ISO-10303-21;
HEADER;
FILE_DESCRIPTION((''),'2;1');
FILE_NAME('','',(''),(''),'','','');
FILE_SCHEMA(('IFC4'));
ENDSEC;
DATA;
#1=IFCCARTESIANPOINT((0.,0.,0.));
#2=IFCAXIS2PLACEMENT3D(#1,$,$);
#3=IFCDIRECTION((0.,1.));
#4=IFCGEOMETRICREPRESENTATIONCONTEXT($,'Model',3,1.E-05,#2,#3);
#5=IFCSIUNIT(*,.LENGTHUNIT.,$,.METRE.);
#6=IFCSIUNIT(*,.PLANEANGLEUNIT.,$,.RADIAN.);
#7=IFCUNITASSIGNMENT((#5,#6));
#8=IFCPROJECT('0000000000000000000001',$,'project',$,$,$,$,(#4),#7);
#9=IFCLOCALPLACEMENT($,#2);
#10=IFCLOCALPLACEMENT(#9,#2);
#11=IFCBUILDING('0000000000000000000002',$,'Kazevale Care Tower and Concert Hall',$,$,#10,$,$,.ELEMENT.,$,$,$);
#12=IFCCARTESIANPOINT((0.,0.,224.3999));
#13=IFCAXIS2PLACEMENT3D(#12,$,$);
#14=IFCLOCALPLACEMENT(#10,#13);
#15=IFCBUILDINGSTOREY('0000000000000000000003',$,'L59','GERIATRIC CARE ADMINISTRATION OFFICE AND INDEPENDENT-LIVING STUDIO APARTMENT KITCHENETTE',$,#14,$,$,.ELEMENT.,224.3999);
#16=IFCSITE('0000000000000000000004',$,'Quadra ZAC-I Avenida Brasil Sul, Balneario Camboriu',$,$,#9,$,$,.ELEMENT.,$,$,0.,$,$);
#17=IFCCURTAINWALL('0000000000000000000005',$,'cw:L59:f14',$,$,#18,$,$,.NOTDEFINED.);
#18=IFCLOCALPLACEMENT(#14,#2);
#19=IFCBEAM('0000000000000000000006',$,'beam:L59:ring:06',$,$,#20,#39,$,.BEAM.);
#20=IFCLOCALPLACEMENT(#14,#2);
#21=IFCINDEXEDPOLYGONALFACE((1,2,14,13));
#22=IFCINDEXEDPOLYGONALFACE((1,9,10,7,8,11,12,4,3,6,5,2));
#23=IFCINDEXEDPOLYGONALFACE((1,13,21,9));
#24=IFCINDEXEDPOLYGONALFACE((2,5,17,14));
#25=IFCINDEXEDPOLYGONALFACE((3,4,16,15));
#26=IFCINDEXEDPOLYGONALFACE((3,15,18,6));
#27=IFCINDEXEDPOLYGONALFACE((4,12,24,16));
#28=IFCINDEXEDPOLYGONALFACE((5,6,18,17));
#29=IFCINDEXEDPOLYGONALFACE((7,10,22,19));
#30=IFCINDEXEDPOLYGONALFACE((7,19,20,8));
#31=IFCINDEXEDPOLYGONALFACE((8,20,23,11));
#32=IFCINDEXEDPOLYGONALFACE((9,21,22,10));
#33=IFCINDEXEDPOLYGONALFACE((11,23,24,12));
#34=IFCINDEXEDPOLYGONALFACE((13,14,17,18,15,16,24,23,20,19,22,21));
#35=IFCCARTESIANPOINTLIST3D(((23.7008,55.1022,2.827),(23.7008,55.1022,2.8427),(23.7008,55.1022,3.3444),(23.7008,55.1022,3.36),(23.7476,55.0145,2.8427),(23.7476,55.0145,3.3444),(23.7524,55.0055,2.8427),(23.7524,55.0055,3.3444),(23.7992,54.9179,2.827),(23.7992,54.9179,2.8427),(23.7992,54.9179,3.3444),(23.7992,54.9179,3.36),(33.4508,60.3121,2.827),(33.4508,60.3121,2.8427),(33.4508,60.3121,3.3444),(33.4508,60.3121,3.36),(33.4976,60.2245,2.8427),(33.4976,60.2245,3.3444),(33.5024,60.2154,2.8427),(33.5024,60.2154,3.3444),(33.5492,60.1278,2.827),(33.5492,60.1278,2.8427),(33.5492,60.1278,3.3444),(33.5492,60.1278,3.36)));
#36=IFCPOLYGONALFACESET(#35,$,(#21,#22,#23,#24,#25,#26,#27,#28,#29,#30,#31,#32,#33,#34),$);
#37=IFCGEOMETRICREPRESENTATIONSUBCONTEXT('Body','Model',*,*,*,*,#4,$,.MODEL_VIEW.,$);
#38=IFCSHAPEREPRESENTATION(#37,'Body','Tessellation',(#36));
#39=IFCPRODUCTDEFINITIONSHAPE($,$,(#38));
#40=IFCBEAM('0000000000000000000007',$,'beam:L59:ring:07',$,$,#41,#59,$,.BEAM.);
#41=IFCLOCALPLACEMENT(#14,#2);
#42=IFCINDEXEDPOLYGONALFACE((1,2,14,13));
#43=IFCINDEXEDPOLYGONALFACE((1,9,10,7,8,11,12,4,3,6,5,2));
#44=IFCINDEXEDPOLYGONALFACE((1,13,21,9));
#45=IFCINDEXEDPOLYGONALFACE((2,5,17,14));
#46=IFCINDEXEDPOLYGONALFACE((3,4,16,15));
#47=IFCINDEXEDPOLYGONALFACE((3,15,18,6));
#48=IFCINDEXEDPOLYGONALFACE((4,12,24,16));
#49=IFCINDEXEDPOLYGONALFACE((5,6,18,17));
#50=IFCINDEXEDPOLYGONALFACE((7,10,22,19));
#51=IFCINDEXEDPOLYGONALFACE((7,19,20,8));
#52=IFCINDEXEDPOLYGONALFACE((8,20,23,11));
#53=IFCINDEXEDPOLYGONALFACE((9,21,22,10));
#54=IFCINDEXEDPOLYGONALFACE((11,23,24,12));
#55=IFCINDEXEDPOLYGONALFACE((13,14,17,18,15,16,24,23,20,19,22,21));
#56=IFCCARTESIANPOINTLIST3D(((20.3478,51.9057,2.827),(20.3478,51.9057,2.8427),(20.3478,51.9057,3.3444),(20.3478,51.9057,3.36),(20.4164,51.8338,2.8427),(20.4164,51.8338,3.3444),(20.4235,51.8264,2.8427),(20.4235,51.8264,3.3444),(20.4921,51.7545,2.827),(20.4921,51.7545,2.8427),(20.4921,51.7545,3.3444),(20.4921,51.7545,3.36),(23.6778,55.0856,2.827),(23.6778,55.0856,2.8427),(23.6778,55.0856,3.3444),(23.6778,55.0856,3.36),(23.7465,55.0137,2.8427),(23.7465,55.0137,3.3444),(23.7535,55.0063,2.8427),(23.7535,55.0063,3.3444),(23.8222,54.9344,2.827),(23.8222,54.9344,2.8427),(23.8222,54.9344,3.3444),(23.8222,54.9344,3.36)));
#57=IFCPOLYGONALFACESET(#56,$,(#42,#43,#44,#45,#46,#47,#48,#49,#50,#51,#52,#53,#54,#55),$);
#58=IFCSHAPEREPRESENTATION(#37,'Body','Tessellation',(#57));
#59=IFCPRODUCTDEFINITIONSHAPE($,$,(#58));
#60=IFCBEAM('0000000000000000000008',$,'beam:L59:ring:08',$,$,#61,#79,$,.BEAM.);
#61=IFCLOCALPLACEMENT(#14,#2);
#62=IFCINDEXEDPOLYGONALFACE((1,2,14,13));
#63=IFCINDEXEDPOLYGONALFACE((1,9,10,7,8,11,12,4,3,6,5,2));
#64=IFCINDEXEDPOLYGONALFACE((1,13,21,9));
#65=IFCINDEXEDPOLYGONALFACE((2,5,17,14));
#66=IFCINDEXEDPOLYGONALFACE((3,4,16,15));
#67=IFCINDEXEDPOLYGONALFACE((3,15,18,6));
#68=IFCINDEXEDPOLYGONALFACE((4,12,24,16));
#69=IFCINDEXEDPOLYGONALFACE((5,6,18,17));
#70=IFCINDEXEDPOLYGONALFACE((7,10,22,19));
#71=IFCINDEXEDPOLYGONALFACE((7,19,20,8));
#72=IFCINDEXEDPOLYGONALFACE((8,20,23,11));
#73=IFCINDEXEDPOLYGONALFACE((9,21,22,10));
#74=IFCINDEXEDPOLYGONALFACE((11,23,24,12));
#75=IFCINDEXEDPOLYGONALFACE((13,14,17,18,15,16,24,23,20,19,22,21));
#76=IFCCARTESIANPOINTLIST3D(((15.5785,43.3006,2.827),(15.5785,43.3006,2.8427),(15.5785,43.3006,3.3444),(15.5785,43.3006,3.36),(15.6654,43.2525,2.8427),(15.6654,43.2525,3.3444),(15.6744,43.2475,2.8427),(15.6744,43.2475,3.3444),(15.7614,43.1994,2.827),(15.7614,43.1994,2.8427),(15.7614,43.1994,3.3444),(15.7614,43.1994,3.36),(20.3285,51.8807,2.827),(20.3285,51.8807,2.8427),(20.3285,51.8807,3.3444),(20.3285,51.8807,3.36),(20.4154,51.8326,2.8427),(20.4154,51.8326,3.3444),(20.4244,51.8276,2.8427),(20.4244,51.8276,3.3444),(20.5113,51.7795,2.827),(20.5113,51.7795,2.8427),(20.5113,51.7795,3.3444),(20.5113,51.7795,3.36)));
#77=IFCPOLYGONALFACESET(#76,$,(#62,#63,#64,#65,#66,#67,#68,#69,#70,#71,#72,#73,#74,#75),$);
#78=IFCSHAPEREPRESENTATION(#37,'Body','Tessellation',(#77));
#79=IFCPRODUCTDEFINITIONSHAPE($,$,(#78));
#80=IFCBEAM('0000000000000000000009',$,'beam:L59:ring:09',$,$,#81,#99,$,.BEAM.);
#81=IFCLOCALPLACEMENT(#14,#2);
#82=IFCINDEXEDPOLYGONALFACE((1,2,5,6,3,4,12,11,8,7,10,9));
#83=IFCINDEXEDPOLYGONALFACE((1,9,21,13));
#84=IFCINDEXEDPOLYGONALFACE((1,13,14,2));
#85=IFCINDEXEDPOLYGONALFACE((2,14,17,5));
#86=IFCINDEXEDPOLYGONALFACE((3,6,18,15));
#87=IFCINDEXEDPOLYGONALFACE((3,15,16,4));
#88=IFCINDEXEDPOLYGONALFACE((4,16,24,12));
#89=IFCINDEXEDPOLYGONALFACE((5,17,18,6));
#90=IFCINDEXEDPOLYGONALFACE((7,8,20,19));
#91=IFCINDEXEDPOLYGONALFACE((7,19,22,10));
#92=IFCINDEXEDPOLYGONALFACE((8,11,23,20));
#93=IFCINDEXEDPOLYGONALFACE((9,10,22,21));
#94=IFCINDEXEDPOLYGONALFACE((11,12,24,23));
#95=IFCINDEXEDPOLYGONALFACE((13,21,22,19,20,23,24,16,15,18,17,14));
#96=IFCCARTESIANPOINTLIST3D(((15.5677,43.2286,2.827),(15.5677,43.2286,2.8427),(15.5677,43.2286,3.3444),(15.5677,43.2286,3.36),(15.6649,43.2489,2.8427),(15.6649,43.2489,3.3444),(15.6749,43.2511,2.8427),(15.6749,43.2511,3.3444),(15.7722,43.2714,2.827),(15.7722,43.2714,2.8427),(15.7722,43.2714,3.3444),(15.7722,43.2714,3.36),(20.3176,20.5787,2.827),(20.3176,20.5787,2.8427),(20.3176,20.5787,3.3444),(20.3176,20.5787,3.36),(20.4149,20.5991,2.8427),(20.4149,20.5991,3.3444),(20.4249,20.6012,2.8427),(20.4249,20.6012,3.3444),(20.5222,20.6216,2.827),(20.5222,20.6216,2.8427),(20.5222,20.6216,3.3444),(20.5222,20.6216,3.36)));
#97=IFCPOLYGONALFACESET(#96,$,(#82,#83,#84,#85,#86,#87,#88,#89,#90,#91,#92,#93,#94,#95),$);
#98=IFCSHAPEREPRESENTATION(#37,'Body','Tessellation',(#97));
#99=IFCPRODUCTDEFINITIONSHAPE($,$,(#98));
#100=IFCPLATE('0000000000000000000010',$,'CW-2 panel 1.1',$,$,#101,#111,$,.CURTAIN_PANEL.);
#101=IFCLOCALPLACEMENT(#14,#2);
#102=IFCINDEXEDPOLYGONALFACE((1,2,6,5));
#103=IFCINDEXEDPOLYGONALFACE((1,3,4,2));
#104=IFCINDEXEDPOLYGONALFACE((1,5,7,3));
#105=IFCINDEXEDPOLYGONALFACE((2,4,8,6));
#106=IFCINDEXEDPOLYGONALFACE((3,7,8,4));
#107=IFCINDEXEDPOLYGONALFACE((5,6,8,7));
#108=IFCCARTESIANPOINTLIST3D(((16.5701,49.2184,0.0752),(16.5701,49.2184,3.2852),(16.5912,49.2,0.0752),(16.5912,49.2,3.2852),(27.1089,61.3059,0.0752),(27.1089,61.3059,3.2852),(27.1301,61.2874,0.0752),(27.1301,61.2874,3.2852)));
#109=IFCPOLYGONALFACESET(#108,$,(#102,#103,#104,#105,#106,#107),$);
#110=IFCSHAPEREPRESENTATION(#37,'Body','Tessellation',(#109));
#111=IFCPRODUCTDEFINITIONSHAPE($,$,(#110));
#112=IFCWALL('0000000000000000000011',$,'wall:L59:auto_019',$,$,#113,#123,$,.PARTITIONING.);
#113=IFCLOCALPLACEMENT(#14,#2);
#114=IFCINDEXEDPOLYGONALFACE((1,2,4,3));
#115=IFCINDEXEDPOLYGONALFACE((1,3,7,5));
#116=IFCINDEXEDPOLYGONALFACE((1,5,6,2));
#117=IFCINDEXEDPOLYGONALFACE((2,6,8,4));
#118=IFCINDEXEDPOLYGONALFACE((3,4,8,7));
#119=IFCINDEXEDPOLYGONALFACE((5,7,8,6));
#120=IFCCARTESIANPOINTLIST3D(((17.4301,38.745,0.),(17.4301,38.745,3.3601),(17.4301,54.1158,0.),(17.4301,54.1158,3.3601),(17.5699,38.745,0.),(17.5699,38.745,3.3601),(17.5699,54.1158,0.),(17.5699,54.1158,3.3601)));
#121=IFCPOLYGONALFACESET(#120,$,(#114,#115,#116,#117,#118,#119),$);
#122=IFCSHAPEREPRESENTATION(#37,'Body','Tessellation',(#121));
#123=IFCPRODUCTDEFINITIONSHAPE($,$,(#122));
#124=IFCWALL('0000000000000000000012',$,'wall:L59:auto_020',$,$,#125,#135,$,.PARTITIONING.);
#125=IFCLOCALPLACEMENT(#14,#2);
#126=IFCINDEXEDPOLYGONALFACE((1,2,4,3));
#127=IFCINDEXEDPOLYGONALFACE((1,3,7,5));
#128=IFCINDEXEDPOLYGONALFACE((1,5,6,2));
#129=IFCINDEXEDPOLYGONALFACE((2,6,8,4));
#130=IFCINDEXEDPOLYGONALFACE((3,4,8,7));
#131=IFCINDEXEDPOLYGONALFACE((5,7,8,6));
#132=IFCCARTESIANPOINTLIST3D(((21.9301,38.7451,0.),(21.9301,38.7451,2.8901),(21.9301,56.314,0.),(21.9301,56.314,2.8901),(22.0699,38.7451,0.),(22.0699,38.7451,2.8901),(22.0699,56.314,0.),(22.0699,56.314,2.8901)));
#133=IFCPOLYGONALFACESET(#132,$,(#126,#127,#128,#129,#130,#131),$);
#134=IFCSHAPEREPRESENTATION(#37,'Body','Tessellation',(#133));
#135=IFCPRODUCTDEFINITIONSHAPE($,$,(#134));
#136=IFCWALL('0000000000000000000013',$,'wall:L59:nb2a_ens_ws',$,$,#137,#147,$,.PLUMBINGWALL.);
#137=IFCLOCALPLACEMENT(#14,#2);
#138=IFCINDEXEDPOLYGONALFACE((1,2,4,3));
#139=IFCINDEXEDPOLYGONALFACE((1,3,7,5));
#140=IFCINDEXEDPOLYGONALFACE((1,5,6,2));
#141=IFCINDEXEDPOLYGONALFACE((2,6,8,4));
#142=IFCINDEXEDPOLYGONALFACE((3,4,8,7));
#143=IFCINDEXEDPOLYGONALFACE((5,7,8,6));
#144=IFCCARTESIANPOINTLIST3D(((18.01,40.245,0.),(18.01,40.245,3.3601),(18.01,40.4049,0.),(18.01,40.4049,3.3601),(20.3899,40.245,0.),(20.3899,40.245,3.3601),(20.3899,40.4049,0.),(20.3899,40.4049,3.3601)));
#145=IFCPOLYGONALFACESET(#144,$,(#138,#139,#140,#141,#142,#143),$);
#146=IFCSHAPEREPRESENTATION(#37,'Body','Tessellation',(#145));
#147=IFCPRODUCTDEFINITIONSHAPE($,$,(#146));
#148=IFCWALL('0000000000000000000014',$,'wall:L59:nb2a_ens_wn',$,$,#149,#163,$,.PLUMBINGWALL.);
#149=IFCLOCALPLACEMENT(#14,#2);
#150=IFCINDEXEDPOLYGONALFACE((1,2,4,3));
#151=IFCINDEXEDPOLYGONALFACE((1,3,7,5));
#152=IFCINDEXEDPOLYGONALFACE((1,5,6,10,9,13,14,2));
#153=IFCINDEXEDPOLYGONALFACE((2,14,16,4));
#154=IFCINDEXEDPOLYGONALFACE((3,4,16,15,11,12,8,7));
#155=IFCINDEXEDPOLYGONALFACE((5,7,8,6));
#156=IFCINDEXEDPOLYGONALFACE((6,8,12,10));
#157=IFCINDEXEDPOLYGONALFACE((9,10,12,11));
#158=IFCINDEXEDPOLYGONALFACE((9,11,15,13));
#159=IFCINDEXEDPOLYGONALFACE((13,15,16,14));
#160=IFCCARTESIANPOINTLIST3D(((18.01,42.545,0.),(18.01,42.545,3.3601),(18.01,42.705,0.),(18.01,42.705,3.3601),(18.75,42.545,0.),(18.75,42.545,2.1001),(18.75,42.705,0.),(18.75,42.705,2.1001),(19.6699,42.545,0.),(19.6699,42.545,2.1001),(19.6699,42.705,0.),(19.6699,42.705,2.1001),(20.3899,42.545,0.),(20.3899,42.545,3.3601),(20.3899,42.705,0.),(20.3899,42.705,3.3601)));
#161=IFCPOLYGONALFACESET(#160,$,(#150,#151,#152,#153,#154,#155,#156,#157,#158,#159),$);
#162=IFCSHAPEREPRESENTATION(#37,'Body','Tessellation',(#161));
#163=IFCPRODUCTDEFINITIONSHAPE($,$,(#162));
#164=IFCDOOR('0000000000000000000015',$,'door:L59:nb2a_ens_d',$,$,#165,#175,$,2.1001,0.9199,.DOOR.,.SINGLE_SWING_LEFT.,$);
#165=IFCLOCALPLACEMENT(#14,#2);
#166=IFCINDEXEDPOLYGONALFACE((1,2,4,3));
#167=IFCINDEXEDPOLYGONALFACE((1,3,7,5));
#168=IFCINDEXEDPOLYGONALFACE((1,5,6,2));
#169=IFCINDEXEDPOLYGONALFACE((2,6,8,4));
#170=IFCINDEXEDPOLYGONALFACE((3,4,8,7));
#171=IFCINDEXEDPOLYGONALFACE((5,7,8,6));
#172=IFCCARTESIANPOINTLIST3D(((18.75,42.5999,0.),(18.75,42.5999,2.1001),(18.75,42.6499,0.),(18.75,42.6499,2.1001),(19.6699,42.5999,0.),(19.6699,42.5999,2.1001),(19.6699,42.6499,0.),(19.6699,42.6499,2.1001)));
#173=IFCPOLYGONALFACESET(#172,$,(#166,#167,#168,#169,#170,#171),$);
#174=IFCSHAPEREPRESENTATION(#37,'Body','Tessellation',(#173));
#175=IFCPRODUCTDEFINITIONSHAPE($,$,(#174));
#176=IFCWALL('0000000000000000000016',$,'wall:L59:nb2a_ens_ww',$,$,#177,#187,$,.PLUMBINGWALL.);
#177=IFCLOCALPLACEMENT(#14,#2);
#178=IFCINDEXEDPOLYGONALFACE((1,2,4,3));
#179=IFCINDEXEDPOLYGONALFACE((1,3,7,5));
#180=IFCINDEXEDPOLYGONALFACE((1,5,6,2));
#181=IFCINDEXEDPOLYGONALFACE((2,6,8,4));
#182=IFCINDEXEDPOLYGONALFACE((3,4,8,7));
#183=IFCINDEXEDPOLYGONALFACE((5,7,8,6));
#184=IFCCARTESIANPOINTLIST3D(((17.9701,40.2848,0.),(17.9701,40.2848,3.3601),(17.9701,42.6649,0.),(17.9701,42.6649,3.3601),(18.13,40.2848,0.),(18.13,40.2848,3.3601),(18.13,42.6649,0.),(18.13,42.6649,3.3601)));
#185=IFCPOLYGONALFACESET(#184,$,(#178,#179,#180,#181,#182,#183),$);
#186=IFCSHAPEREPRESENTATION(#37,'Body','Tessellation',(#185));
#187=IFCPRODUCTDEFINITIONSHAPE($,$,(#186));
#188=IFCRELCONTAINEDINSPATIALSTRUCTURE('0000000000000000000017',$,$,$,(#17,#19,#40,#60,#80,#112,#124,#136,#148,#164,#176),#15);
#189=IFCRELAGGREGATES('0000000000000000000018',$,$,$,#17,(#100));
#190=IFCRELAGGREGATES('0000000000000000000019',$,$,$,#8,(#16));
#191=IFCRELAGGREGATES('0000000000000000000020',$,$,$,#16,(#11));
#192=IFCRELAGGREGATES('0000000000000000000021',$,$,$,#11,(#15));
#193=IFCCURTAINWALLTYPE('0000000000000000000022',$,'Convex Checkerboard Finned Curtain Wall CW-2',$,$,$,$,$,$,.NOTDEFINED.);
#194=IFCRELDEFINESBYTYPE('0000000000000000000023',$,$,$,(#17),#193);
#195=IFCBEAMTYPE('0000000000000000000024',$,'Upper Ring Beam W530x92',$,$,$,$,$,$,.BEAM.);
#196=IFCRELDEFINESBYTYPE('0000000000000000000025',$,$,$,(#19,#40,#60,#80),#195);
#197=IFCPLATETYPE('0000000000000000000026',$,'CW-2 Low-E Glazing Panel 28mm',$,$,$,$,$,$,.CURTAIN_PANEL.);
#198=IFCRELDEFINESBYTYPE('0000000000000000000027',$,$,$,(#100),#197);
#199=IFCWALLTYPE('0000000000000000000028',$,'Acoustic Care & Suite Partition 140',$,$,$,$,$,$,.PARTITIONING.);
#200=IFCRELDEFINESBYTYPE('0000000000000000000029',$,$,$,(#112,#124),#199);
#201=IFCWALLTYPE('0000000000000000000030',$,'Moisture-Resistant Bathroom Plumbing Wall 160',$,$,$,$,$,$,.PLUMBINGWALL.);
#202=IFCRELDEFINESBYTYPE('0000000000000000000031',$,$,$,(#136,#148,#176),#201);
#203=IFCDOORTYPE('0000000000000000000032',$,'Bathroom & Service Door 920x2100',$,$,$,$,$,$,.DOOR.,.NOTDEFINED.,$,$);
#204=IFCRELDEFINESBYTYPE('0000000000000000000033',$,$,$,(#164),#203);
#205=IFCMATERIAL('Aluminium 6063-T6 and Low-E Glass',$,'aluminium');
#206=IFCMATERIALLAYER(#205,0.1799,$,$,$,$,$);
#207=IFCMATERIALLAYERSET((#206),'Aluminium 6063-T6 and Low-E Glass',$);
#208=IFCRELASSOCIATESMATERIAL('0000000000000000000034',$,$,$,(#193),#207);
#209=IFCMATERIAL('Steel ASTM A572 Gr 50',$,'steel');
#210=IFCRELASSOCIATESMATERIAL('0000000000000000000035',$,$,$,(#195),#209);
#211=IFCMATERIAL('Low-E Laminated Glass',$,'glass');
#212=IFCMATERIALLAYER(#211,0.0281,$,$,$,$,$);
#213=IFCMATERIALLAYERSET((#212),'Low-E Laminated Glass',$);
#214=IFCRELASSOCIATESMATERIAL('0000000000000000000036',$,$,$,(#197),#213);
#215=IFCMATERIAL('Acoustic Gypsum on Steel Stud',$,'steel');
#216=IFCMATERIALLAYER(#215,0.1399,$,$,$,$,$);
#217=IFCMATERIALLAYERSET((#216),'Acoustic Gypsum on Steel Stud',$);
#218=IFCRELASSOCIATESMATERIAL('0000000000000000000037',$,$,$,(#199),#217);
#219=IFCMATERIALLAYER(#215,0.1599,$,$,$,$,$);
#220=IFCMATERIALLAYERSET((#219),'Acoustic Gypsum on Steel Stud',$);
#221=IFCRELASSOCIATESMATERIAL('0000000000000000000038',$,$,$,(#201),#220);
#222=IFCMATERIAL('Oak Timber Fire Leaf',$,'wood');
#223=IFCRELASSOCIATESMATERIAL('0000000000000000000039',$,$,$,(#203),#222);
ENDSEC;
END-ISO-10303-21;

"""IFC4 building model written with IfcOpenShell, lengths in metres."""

from ifc_helpers import new_model, si_unit, direction, frame, frame_2d, origin, origin_2d, place, context, subcontext, project, spatial, rectangle, i_section, extrude, material, layer, layer_set, material_profile, profile_set, type_object, element, fill, aggregate, save


model = new_model("IFC4")

# Units and contexts
model_context = context("Model", 3, precision=1e-05, world=origin(), true_north=direction((0.0, 1.0)))
body_context = subcontext(model_context, "Body", "Model", "MODEL_VIEW")
ifc_project = project(units=[si_unit("LENGTHUNIT", "METRE"), si_unit("PLANEANGLEUNIT", "RADIAN")], contexts=[model_context])

# Site, building, storey
site_placement = place(None, origin())
site = spatial("IfcSite", under=ifc_project, at=site_placement, Name="Quadra ZAC-I Avenida Brasil Sul, Balneario Camboriu", CompositionType="ELEMENT", RefElevation=0.0)
building_placement = place(site_placement, origin())
building = spatial("IfcBuilding", under=site, at=building_placement, Name="Kazevale Care Tower and Concert Hall", CompositionType="ELEMENT")
storey_placement = place(building_placement, frame((0.0, 0.0, 224.3999)))
storey = spatial("IfcBuildingStorey", under=building, at=storey_placement, Name="L59", Description="GERIATRIC CARE ADMINISTRATION OFFICE AND INDEPENDENT-LIVING STUDIO APARTMENT KITCHENETTE", CompositionType="ELEMENT", Elevation=224.3999)

# Curtain wall
ifc_material_1 = material(Name="Aluminium 6063-T6 and Low-E Glass", Category="aluminium")
ifc_layer_1 = layer(ifc_material_1, 0.1799)
ifc_layer_set_1 = layer_set([ifc_layer_1], Name="Aluminium 6063-T6 and Low-E Glass")
curtain_wall_type_1 = type_object("IfcCurtainWallType", Name="Convex Checkerboard Finned Curtain Wall CW-2", PredefinedType="NOTDEFINED", material=ifc_layer_set_1)
curtain_wall_1_placement = place(storey_placement, origin())
curtain_wall_1 = element("IfcCurtainWall", 1, at=curtain_wall_1_placement, inside=storey, type_object=curtain_wall_type_1, Name="cw:L59:f14", PredefinedType="NOTDEFINED")

# Beams
ifc_material_2 = material(Name="Steel ASTM A572 Gr 50", Category="steel")
ifc_material_profile_1 = material_profile(ifc_material_2, i_section(OverallWidth=0.209, OverallDepth=0.533, WebThickness=0.0103, FlangeThickness=0.0156, at=origin_2d()), Name="W530x92")
ifc_profile_set_1 = profile_set([ifc_material_profile_1], Name="Steel ASTM A572 Gr 50")
beam_type_1 = type_object("IfcBeamType", Name="Upper Ring Beam W530x92", PredefinedType="BEAM", material=ifc_profile_set_1)
beam_1_placement = place(storey_placement, frame((33.5, 60.22, 3.0935), z_axis=(-0.881979, -0.47129, 0.0), x_axis=(0.47129, -0.881979, 0.0)))
element("IfcBeam", 2, at=beam_1_placement, inside=storey, type_object=beam_type_1, Name="beam:L59:ring:06", PredefinedType="BEAM", context=body_context, shape_type="SweptSolid", body=[
    extrude(i_section(OverallWidth=0.209, OverallDepth=0.533, WebThickness=0.0103, FlangeThickness=0.0156, at=origin_2d()), origin(), (0.0, 0.0, 1.0), 11.0547),
])
beam_2_placement = place(storey_placement, frame((23.75, 55.01, 3.0935), z_axis=(-0.723223, -0.690614, 0.0), x_axis=(0.690614, -0.723223, 0.0)))
element("IfcBeam", 3, at=beam_2_placement, inside=storey, type_object=beam_type_1, Name="beam:L59:ring:07", PredefinedType="BEAM", context=body_context, shape_type="SweptSolid", body=[
    extrude(i_section(OverallWidth=0.209, OverallDepth=0.533, WebThickness=0.0103, FlangeThickness=0.0156, at=origin_2d()), origin(), (0.0, 0.0, 1.0), 4.6045),
])
beam_3_placement = place(storey_placement, frame((20.4199, 51.8301, 3.0935), z_axis=(-0.48434, -0.87488, 0.0), x_axis=(0.87488, -0.48434, 0.0)))
element("IfcBeam", 4, at=beam_3_placement, inside=storey, type_object=beam_type_1, Name="beam:L59:ring:08", PredefinedType="BEAM", context=body_context, shape_type="SweptSolid", body=[
    extrude(i_section(OverallWidth=0.209, OverallDepth=0.533, WebThickness=0.0103, FlangeThickness=0.0156, at=origin_2d()), origin(), (0.0, 0.0, 1.0), 9.8071),
])
beam_4_placement = place(storey_placement, frame((15.6699, 43.25, 3.0935), z_axis=(0.205249, -0.97871, 0.0), x_axis=(0.97871, 0.205249, 0.0)))
element("IfcBeam", 5, at=beam_4_placement, inside=storey, type_object=beam_type_1, Name="beam:L59:ring:09", PredefinedType="BEAM", context=body_context, shape_type="SweptSolid", body=[
    extrude(i_section(OverallWidth=0.209, OverallDepth=0.533, WebThickness=0.0103, FlangeThickness=0.0156, at=origin_2d()), origin(), (0.0, 0.0, 1.0), 23.1426),
])

# Plate
ifc_material_3 = material(Name="Low-E Laminated Glass", Category="glass")
ifc_layer_2 = layer(ifc_material_3, 0.0281)
ifc_layer_set_2 = layer_set([ifc_layer_2], Name="Low-E Laminated Glass")
plate_type = type_object("IfcPlateType", Name="CW-2 Low-E Glazing Panel 28mm", PredefinedType="CURTAIN_PANEL", material=ifc_layer_set_2)
plate_placement = place(storey_placement, frame((21.8501, 55.2529, 0.0752), z_axis=(0.0, 0.0, 1.0), x_axis=(0.657175, 0.753738, 0.0)))
plate = element("IfcPlate", 6, at=plate_placement, type_object=plate_type, Name="CW-2 panel 1.1", PredefinedType="CURTAIN_PANEL", context=body_context, shape_type="SweptSolid", body=[
    extrude(rectangle(XDim=16.0366, YDim=0.0281, at=origin_2d()), origin(), (0.0, 0.0, 1.0), 3.21),
])
aggregate(curtain_wall_1, [plate])

# Walls
ifc_material_4 = material(Name="Acoustic Gypsum on Steel Stud", Category="steel")
ifc_layer_3 = layer(ifc_material_4, 0.1399)
ifc_layer_set_3 = layer_set([ifc_layer_3], Name="Acoustic Gypsum on Steel Stud")
wall_type_1 = type_object("IfcWallType", Name="Acoustic Care & Suite Partition 140", PredefinedType="PARTITIONING", material=ifc_layer_set_3)
wall_1_placement = place(storey_placement, frame((17.5, 54.116, 0.0), z_axis=(0.0, 0.0, 1.0), x_axis=(0.0, -1.0, 0.0)))
element("IfcWall", 7, at=wall_1_placement, inside=storey, type_object=wall_type_1, Name="wall:L59:auto_019", PredefinedType="PARTITIONING", context=body_context, shape_type="SweptSolid", body=[
    extrude(rectangle(XDim=15.3708, YDim=0.1399, at=frame_2d((7.6855, 0.0))), origin(), (0.0, 0.0, 1.0), 3.3601),
])
wall_2_placement = place(storey_placement, frame((22.0, 56.314, 0.0), z_axis=(0.0, 0.0, 1.0), x_axis=(0.0, -1.0, 0.0)))
element("IfcWall", 8, at=wall_2_placement, inside=storey, type_object=wall_type_1, Name="wall:L59:auto_020", PredefinedType="PARTITIONING", context=body_context, shape_type="SweptSolid", body=[
    extrude(rectangle(XDim=17.5688, YDim=0.1399, at=frame_2d((8.7844, 0.0))), origin(), (0.0, 0.0, 1.0), 2.8901),
])
ifc_layer_4 = layer(ifc_material_4, 0.1599)
ifc_layer_set_4 = layer_set([ifc_layer_4], Name="Acoustic Gypsum on Steel Stud")
wall_type_2 = type_object("IfcWallType", Name="Moisture-Resistant Bathroom Plumbing Wall 160", PredefinedType="PLUMBINGWALL", material=ifc_layer_set_4)
wall_3_placement = place(storey_placement, frame((18.01, 40.325, 0.0), z_axis=(0.0, 0.0, 1.0), x_axis=(1.0, 0.0, 0.0)))
element("IfcWall", 9, at=wall_3_placement, inside=storey, type_object=wall_type_2, Name="wall:L59:nb2a_ens_ws", PredefinedType="PLUMBINGWALL", context=body_context, shape_type="SweptSolid", body=[
    extrude(rectangle(XDim=2.3799, YDim=0.1599, at=frame_2d((1.1899, 0.0))), origin(), (0.0, 0.0, 1.0), 3.3601),
])

# Wall, opening, door
wall_4_placement = place(storey_placement, frame((18.01, 42.625, 0.0), z_axis=(0.0, 0.0, 1.0), x_axis=(1.0, 0.0, 0.0)))
wall_4 = element("IfcWall", 10, at=wall_4_placement, inside=storey, type_object=wall_type_2, Name="wall:L59:nb2a_ens_wn", PredefinedType="PLUMBINGWALL", context=body_context, shape_type="SweptSolid", body=[
    extrude(rectangle(XDim=2.3799, YDim=0.1599, at=frame_2d((1.1899, 0.0))), origin(), (0.0, 0.0, 1.0), 3.3601),
])
opening_1_placement = place(wall_4_placement, frame((0.74, 0.0, 0.0)))
opening_1 = element("IfcOpeningElement", 11, at=opening_1_placement, cuts=wall_4, PredefinedType="OPENING", context=body_context, shape_type="SweptSolid", body=[
    extrude(rectangle(XDim=0.9199, YDim=2.1001, at=frame_2d((0.46, 1.05))), frame((0.0, 0.0898, 0.0), z_axis=(0.0, -1.0, 0.0), x_axis=(1.0, 0.0, 0.0)), (0.0, 0.0, 1.0), 0.1799),
])
ifc_material_5 = material(Name="Oak Timber Fire Leaf", Category="wood")
door_type = type_object("IfcDoorType", Name="Bathroom & Service Door 920x2100", OperationType="NOTDEFINED", PredefinedType="DOOR", material=ifc_material_5)
door_1_placement = place(opening_1_placement, origin())
door_1 = element("IfcDoor", 12, at=door_1_placement, inside=storey, type_object=door_type, Name="door:L59:nb2a_ens_d", OperationType="SINGLE_SWING_LEFT", OverallHeight=2.1001, OverallWidth=0.9199, PredefinedType="DOOR", context=body_context, shape_type="SweptSolid", body=[
    extrude(rectangle(XDim=0.9199, YDim=2.1001, at=frame_2d((0.46, 1.05))), frame((0.0, 0.0249, 0.0), z_axis=(0.0, -1.0, 0.0), x_axis=(1.0, 0.0, 0.0)), (0.0, 0.0, 1.0), 0.05),
])
fill(opening_1, door_1)

# Wall
for number, where, z_axis, x_axis, name in (
    (13, (18.05, 40.2849, 0.0), (0.0, 0.0, 1.0), (0.0, 1.0, 0.0), "wall:L59:nb2a_ens_ww"),
):
    element("IfcWall", number, at=place(storey_placement, frame(where, z_axis=z_axis, x_axis=x_axis)), inside=storey, type_object=wall_type_2, Name=name, PredefinedType="PLUMBINGWALL", context=body_context, shape_type="SweptSolid", body=[
        extrude(rectangle(XDim=2.3801, YDim=0.1599, at=frame_2d((1.1899, 0.0))), origin(), (0.0, 0.0, 1.0), 3.3601),
    ])

save(model, "model.ifc")
